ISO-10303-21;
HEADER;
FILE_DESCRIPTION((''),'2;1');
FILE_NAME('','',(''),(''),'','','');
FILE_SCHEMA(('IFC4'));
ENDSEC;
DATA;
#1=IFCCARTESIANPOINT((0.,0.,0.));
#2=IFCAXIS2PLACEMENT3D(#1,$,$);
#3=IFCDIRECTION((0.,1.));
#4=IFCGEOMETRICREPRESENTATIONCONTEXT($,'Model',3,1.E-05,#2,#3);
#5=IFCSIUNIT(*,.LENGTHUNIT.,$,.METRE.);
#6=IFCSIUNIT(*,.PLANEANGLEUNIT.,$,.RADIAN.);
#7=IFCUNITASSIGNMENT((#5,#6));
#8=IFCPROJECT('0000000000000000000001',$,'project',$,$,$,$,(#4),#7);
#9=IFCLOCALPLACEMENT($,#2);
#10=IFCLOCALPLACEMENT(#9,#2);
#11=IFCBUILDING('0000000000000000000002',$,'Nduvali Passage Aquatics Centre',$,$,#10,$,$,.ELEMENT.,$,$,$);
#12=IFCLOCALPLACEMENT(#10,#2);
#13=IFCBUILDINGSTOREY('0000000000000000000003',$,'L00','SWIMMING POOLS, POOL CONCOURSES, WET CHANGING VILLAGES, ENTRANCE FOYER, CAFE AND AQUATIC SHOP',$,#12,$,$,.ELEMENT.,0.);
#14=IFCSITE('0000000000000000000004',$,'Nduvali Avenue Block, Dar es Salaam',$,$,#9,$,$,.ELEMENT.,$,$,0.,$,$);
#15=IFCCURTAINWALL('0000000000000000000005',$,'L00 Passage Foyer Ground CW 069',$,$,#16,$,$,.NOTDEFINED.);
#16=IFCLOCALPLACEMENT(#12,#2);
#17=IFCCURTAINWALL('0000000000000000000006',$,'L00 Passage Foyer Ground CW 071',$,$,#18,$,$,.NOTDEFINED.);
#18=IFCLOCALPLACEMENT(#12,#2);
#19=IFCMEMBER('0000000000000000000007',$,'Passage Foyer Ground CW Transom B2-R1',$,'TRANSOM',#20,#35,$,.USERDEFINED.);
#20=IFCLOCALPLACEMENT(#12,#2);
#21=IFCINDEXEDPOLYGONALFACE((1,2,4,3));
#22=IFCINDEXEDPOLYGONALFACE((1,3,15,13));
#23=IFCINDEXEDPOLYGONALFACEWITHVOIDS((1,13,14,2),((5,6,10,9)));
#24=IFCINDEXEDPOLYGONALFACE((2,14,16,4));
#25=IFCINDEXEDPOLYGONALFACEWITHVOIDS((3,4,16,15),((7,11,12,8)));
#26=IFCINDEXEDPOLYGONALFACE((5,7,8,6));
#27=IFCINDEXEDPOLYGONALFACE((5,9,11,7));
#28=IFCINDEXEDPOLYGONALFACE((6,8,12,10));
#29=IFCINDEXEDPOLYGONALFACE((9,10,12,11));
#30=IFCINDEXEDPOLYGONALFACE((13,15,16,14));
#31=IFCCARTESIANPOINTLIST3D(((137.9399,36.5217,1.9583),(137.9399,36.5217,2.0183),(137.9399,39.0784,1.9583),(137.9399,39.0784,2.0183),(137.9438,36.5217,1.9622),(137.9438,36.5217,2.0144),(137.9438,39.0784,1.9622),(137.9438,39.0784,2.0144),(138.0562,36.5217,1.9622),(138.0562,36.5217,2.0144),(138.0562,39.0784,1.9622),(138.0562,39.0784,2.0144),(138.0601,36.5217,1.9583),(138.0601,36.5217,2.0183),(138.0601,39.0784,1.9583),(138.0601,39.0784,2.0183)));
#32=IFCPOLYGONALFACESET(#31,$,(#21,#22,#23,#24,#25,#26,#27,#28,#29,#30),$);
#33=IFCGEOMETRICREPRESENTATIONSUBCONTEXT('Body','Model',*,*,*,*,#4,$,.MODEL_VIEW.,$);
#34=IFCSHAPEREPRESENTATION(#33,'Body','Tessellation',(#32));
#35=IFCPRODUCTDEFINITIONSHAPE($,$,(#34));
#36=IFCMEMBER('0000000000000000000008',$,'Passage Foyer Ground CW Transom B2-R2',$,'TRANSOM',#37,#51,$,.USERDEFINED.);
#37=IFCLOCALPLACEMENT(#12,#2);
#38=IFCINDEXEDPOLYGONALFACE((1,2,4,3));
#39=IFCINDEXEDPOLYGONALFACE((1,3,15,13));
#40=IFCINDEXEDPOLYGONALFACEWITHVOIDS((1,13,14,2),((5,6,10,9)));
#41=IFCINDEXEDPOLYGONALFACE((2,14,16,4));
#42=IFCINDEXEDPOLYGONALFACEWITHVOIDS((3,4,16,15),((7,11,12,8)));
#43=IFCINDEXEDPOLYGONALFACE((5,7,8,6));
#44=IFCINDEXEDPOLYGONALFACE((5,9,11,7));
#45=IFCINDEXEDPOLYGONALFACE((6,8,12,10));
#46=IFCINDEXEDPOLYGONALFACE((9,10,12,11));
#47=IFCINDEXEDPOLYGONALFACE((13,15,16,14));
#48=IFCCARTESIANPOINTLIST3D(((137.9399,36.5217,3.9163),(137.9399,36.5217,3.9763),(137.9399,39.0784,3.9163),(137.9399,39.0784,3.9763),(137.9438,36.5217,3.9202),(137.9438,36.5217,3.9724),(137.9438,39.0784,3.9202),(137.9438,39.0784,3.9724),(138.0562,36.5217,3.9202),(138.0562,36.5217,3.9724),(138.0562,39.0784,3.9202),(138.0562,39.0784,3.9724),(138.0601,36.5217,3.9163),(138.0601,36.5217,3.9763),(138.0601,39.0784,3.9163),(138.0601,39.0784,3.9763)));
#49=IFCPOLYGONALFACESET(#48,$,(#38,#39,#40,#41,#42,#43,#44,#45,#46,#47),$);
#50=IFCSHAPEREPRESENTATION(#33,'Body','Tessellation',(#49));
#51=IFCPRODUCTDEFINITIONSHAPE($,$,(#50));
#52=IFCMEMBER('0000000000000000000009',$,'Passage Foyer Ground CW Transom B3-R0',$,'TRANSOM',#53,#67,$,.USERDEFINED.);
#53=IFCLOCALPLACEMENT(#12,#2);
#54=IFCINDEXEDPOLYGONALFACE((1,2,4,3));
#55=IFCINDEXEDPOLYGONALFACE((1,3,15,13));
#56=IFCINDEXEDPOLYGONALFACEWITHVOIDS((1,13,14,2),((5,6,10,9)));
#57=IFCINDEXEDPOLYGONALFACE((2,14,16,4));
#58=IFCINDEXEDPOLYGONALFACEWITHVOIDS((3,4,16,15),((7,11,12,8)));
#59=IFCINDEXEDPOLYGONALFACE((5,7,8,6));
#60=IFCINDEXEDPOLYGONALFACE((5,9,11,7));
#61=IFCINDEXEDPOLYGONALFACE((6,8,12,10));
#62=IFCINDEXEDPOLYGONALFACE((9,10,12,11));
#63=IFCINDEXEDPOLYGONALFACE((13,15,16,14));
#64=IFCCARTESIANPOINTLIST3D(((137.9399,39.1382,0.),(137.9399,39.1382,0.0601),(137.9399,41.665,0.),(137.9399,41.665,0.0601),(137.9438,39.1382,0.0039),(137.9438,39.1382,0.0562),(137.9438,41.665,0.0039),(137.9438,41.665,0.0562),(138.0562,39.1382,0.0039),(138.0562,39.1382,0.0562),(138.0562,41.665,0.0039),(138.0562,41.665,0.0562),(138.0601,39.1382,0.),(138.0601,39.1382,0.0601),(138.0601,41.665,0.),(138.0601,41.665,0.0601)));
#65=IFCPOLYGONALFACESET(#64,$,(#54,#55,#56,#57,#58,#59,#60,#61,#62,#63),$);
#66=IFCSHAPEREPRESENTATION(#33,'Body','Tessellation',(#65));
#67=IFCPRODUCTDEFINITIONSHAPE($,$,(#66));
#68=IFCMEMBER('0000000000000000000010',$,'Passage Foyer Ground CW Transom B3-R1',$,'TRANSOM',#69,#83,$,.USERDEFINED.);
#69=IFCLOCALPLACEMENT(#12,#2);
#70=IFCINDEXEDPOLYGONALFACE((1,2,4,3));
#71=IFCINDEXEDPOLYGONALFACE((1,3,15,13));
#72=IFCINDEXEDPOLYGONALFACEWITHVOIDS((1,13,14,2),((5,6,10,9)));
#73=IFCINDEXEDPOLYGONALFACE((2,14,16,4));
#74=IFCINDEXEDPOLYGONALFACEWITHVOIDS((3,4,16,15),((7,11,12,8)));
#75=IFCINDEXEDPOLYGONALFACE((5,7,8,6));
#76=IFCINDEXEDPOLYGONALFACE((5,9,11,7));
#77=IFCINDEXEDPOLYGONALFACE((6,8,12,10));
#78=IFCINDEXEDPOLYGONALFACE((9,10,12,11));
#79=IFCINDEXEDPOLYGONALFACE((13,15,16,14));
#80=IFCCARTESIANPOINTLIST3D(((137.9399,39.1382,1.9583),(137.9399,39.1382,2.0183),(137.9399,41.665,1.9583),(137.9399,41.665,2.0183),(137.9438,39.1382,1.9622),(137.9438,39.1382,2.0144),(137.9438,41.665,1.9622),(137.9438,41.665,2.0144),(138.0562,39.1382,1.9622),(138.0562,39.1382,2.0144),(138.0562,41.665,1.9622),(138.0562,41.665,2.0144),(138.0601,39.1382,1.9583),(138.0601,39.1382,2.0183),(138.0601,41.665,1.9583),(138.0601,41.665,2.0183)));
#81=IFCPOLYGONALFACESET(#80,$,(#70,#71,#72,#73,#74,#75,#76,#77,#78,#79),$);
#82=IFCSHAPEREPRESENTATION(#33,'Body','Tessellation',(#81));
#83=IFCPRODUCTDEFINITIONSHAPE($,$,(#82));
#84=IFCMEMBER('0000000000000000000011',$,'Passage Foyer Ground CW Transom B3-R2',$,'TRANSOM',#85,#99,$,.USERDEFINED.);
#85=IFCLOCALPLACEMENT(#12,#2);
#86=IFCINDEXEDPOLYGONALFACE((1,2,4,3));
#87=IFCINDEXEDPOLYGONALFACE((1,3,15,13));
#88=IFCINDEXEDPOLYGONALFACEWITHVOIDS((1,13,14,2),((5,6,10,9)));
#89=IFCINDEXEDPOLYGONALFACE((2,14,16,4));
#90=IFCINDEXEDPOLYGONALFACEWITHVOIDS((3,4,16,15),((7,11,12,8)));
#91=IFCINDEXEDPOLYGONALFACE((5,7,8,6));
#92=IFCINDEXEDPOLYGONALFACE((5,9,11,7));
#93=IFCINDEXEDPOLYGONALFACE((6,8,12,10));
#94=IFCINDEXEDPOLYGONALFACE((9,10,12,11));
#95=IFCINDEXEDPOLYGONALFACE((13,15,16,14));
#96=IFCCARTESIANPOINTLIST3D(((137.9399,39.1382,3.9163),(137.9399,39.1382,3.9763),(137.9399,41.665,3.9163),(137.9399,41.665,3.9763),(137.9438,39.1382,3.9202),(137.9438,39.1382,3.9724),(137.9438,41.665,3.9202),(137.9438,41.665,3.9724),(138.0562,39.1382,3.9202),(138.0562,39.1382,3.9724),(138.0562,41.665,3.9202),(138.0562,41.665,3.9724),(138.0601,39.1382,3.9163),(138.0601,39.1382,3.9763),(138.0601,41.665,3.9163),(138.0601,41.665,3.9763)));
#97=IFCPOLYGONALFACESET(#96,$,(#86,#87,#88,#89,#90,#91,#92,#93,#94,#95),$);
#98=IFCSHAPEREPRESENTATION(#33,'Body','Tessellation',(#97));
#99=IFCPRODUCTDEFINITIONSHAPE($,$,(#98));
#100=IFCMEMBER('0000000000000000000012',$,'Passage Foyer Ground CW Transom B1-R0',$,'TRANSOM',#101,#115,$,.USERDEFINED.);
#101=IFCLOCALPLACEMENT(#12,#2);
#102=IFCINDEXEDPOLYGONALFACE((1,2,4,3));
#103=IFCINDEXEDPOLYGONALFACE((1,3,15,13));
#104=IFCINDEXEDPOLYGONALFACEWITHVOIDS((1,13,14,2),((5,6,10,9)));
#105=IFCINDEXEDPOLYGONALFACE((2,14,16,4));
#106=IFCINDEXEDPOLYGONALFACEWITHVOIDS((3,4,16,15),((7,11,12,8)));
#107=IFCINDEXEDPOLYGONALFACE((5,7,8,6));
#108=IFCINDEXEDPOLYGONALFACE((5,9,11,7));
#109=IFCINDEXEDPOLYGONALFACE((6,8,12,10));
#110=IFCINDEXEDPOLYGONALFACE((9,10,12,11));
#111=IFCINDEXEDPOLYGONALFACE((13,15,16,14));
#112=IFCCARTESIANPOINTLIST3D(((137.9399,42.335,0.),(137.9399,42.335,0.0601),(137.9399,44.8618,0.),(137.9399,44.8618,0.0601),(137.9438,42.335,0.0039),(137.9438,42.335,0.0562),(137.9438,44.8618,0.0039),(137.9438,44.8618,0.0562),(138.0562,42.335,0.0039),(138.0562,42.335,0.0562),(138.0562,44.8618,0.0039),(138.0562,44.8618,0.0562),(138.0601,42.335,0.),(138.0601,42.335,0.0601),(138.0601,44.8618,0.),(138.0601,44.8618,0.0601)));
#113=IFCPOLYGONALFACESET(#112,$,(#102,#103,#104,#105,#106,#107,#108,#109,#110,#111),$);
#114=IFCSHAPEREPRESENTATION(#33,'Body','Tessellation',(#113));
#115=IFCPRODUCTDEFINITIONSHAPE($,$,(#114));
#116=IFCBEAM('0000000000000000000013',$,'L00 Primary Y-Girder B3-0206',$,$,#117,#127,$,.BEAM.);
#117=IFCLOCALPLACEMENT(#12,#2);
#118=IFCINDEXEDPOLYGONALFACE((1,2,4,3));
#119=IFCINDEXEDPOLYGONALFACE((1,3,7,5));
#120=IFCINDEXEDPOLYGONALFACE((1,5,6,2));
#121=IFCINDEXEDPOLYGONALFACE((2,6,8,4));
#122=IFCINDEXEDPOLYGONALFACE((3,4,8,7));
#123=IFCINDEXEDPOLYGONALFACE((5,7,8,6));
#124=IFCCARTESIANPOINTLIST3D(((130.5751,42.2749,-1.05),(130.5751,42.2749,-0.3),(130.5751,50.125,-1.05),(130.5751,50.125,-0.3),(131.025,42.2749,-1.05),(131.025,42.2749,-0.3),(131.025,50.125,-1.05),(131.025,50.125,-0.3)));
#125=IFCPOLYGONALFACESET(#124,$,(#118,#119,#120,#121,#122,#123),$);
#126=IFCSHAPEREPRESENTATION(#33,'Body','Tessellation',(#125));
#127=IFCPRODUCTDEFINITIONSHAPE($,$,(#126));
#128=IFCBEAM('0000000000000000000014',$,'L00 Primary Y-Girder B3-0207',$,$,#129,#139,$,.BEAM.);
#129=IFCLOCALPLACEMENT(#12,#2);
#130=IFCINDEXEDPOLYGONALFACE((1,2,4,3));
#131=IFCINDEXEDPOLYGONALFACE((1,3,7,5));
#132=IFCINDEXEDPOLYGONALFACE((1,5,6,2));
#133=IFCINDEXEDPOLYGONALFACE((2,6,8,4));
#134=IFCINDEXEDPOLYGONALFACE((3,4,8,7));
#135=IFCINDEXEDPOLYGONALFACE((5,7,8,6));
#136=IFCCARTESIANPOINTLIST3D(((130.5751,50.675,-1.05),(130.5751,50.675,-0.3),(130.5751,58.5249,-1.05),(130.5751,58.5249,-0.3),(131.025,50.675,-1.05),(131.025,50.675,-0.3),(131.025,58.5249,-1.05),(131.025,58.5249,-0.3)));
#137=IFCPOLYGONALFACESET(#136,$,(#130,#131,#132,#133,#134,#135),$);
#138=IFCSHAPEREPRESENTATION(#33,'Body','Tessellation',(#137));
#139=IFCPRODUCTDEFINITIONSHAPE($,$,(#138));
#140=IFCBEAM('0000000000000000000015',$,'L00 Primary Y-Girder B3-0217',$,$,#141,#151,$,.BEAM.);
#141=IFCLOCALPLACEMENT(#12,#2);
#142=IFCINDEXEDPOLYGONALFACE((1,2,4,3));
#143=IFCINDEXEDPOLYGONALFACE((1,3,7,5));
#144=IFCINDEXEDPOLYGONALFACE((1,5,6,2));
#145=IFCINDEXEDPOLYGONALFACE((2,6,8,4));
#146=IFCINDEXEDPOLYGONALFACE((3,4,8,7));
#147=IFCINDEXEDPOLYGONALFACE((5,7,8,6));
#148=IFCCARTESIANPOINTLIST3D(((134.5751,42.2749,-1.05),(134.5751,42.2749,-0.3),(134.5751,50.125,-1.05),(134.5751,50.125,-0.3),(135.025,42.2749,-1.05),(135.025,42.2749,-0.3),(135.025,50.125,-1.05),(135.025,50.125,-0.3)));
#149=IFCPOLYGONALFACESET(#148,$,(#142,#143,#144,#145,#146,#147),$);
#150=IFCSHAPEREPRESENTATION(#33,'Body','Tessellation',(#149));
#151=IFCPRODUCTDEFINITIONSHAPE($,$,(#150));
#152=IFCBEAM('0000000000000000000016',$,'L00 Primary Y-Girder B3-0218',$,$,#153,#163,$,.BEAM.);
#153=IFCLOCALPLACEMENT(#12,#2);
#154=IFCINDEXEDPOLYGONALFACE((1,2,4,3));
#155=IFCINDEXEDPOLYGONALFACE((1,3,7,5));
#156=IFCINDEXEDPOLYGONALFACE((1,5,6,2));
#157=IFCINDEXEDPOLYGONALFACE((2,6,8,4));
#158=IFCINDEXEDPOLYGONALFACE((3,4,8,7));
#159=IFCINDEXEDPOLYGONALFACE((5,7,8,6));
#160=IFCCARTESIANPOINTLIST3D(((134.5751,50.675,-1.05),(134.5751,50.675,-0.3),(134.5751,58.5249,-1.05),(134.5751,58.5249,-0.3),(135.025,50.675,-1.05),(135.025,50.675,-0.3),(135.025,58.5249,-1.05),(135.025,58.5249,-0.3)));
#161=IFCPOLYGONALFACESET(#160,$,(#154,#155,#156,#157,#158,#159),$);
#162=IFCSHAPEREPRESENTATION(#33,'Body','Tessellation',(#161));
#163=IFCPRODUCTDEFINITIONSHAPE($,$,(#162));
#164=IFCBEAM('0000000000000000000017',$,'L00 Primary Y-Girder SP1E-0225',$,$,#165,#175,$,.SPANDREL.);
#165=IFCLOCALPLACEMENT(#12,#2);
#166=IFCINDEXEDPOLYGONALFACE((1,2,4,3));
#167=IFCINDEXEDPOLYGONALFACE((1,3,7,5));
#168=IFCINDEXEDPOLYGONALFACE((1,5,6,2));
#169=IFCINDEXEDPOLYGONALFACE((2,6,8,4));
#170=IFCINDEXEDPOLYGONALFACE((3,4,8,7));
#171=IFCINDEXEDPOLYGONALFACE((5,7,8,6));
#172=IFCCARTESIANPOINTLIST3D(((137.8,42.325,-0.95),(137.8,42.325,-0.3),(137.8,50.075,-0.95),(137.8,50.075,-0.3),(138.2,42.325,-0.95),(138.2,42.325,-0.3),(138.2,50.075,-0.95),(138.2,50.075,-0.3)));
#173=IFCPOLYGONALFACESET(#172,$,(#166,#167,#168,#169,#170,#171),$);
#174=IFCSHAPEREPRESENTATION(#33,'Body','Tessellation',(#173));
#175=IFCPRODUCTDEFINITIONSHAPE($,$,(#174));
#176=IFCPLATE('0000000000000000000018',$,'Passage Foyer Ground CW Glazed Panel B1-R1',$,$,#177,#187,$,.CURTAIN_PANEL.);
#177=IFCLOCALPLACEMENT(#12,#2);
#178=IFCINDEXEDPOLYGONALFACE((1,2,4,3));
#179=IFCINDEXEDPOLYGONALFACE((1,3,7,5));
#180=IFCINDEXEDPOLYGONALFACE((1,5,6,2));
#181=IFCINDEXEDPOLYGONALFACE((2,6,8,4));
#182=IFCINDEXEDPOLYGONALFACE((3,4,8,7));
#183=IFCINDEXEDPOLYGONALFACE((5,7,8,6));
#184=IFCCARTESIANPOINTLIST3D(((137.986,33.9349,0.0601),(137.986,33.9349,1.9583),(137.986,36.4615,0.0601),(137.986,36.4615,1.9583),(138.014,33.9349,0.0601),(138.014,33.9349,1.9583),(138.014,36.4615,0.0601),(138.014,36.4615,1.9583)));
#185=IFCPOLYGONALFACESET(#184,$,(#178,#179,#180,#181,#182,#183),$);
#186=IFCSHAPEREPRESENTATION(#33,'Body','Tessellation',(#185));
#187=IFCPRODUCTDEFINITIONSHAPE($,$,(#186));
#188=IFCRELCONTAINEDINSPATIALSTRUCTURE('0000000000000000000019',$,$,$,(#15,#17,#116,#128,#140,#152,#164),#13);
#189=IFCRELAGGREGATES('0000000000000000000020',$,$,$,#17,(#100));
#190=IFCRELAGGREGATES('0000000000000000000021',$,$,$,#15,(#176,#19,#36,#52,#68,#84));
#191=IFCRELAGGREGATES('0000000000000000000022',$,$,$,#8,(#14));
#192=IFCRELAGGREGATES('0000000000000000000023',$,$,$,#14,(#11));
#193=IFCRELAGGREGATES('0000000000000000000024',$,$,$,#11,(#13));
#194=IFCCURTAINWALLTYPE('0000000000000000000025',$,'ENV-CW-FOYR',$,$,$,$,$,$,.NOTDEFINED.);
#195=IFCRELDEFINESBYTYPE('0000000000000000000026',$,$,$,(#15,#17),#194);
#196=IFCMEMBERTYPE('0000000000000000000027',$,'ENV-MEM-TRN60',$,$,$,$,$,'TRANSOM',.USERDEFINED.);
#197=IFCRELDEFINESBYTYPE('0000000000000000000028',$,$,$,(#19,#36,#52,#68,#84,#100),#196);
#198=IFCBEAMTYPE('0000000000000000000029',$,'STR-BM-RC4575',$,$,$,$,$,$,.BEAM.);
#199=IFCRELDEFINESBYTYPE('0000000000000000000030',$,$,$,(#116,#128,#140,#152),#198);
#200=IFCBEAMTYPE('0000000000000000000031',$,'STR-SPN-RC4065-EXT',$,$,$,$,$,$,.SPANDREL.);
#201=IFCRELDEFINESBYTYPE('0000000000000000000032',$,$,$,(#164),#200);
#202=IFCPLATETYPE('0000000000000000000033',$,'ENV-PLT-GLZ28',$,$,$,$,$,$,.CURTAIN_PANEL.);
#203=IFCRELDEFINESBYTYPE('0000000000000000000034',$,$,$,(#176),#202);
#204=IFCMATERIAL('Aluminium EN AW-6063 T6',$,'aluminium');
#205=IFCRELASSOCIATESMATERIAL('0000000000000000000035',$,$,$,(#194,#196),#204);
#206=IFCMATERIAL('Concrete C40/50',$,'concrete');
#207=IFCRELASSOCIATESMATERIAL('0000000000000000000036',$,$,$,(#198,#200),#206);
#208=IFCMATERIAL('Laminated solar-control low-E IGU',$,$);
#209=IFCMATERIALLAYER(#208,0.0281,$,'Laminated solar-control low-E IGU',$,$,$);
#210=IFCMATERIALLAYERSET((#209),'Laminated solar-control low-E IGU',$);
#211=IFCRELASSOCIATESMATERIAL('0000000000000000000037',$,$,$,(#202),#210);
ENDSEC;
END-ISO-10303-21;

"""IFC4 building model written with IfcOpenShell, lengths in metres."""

from ifc_helpers import new_model, si_unit, direction, frame, origin, origin_2d, place, context, subcontext, project, spatial, rectangle, hollow_rectangle, extrude, material, layer, layer_set, material_profile, profile_set, type_object, element, aggregate, save


model = new_model("IFC4")

# Units and contexts
model_context = context("Model", 3, precision=1e-05, world=origin(), true_north=direction((0.0, 1.0)))
body_context = subcontext(model_context, "Body", "Model", "MODEL_VIEW")
ifc_project = project(units=[si_unit("LENGTHUNIT", "METRE"), si_unit("PLANEANGLEUNIT", "RADIAN")], contexts=[model_context])

# Site, building, storey
site_placement = place(None, origin())
site = spatial("IfcSite", under=ifc_project, at=site_placement, Name="Nduvali Avenue Block, Dar es Salaam", CompositionType="ELEMENT", RefElevation=0.0)
building_placement = place(site_placement, origin())
building = spatial("IfcBuilding", under=site, at=building_placement, Name="Nduvali Passage Aquatics Centre", CompositionType="ELEMENT")
storey_placement = place(building_placement, origin())
storey = spatial("IfcBuildingStorey", under=building, at=storey_placement, Name="L00", Description="SWIMMING POOLS, POOL CONCOURSES, WET CHANGING VILLAGES, ENTRANCE FOYER, CAFE AND AQUATIC SHOP", CompositionType="ELEMENT", Elevation=0.0)

# Shared definitions
ifc_material_1 = material(Name="Concrete C40/50", Category="concrete")

# Curtain wall
ifc_material_2 = material(Name="Aluminium EN AW-6063 T6", Category="aluminium")
curtain_wall_type = type_object("IfcCurtainWallType", Name="ENV-CW-FOYR", PredefinedType="NOTDEFINED", material=ifc_material_2)
curtain_wall_1_placement = place(storey_placement, origin())
curtain_wall_1 = element("IfcCurtainWall", 1, at=curtain_wall_1_placement, inside=storey, type_object=curtain_wall_type, Name="L00 Passage Foyer Ground CW 069", PredefinedType="NOTDEFINED")

# Curtain wall
curtain_wall_2_placement = place(storey_placement, origin())
curtain_wall_2 = element("IfcCurtainWall", 2, at=curtain_wall_2_placement, inside=storey, type_object=curtain_wall_type, Name="L00 Passage Foyer Ground CW 071", PredefinedType="NOTDEFINED")

# Members
ifc_material_profile_1 = material_profile(ifc_material_2, hollow_rectangle(XDim=0.1201, YDim=0.0601, WallThickness=0.0039, at=origin_2d()), Name="ALU TRANSOM 120x60x4")
ifc_profile_set_1 = profile_set([ifc_material_profile_1], Name="Aluminium EN AW-6063 T6")
member_type_1 = type_object("IfcMemberType", Name="ENV-MEM-TRN60", ElementType="TRANSOM", PredefinedType="USERDEFINED", material=ifc_profile_set_1)
member_1_placement = place(storey_placement, frame((138.0, 36.5217, 1.9883), z_axis=(0.0, 1.0, 0.0), x_axis=(-1.0, 0.0, 0.0)))
member_1 = element("IfcMember", 3, at=member_1_placement, type_object=member_type_1, Name="Passage Foyer Ground CW Transom B2-R1", ObjectType="TRANSOM", PredefinedType="USERDEFINED", context=body_context, shape_type="SweptSolid", body=[
    extrude(hollow_rectangle(XDim=0.1201, YDim=0.0601, WallThickness=0.0039, at=origin_2d()), origin(), (0.0, 0.0, 1.0), 2.5566),
])
member_2_placement = place(storey_placement, frame((138.0, 36.5217, 3.9463), z_axis=(0.0, 1.0, 0.0), x_axis=(-1.0, 0.0, 0.0)))
member_2 = element("IfcMember", 4, at=member_2_placement, type_object=member_type_1, Name="Passage Foyer Ground CW Transom B2-R2", ObjectType="TRANSOM", PredefinedType="USERDEFINED", context=body_context, shape_type="SweptSolid", body=[
    extrude(hollow_rectangle(XDim=0.1201, YDim=0.0601, WallThickness=0.0039, at=origin_2d()), origin(), (0.0, 0.0, 1.0), 2.5566),
])
member_3_placement = place(storey_placement, frame((138.0, 39.1382, 0.03), z_axis=(0.0, 1.0, 0.0), x_axis=(-1.0, 0.0, 0.0)))
member_3 = element("IfcMember", 5, at=member_3_placement, type_object=member_type_1, Name="Passage Foyer Ground CW Transom B3-R0", ObjectType="TRANSOM", PredefinedType="USERDEFINED", context=body_context, shape_type="SweptSolid", body=[
    extrude(hollow_rectangle(XDim=0.1201, YDim=0.0601, WallThickness=0.0039, at=origin_2d()), origin(), (0.0, 0.0, 1.0), 2.5269),
])
member_4_placement = place(storey_placement, frame((138.0, 39.1382, 1.9883), z_axis=(0.0, 1.0, 0.0), x_axis=(-1.0, 0.0, 0.0)))
member_4 = element("IfcMember", 6, at=member_4_placement, type_object=member_type_1, Name="Passage Foyer Ground CW Transom B3-R1", ObjectType="TRANSOM", PredefinedType="USERDEFINED", context=body_context, shape_type="SweptSolid", body=[
    extrude(hollow_rectangle(XDim=0.1201, YDim=0.0601, WallThickness=0.0039, at=origin_2d()), origin(), (0.0, 0.0, 1.0), 2.5269),
])
member_5_placement = place(storey_placement, frame((138.0, 39.1382, 3.9463), z_axis=(0.0, 1.0, 0.0), x_axis=(-1.0, 0.0, 0.0)))
member_5 = element("IfcMember", 7, at=member_5_placement, type_object=member_type_1, Name="Passage Foyer Ground CW Transom B3-R2", ObjectType="TRANSOM", PredefinedType="USERDEFINED", context=body_context, shape_type="SweptSolid", body=[
    extrude(hollow_rectangle(XDim=0.1201, YDim=0.0601, WallThickness=0.0039, at=origin_2d()), origin(), (0.0, 0.0, 1.0), 2.5269),
])
member_6_placement = place(storey_placement, frame((138.0, 42.335, 0.03), z_axis=(0.0, 1.0, 0.0), x_axis=(-1.0, 0.0, 0.0)))
member_6 = element("IfcMember", 8, at=member_6_placement, type_object=member_type_1, Name="Passage Foyer Ground CW Transom B1-R0", ObjectType="TRANSOM", PredefinedType="USERDEFINED", context=body_context, shape_type="SweptSolid", body=[
    extrude(hollow_rectangle(XDim=0.1201, YDim=0.0601, WallThickness=0.0039, at=origin_2d()), origin(), (0.0, 0.0, 1.0), 2.5269),
])
aggregate(curtain_wall_2, [member_6])

# Beams
ifc_material_profile_2 = material_profile(ifc_material_1, rectangle(XDim=0.45, YDim=0.75, at=origin_2d()), Name="RC 450x750")
ifc_profile_set_2 = profile_set([ifc_material_profile_2], Name="Concrete C40/50")
beam_type_1 = type_object("IfcBeamType", Name="STR-BM-RC4575", PredefinedType="BEAM", material=ifc_profile_set_2)
beam_1_placement = place(storey_placement, frame((130.8, 42.2749, -0.675), z_axis=(0.0, 1.0, 0.0), x_axis=(-1.0, 0.0, 0.0)))
element("IfcBeam", 9, at=beam_1_placement, inside=storey, type_object=beam_type_1, Name="L00 Primary Y-Girder B3-0206", PredefinedType="BEAM", context=body_context, shape_type="SweptSolid", body=[
    extrude(rectangle(XDim=0.45, YDim=0.75, at=origin_2d()), origin(), (0.0, 0.0, 1.0), 7.8501),
])
beam_2_placement = place(storey_placement, frame((130.8, 50.675, -0.675), z_axis=(0.0, 1.0, 0.0), x_axis=(-1.0, 0.0, 0.0)))
element("IfcBeam", 10, at=beam_2_placement, inside=storey, type_object=beam_type_1, Name="L00 Primary Y-Girder B3-0207", PredefinedType="BEAM", context=body_context, shape_type="SweptSolid", body=[
    extrude(rectangle(XDim=0.45, YDim=0.75, at=origin_2d()), origin(), (0.0, 0.0, 1.0), 7.8499),
])
beam_3_placement = place(storey_placement, frame((134.8, 42.2749, -0.675), z_axis=(0.0, 1.0, 0.0), x_axis=(-1.0, 0.0, 0.0)))
element("IfcBeam", 11, at=beam_3_placement, inside=storey, type_object=beam_type_1, Name="L00 Primary Y-Girder B3-0217", PredefinedType="BEAM", context=body_context, shape_type="SweptSolid", body=[
    extrude(rectangle(XDim=0.45, YDim=0.75, at=origin_2d()), origin(), (0.0, 0.0, 1.0), 7.8501),
])
beam_4_placement = place(storey_placement, frame((134.8, 50.675, -0.675), z_axis=(0.0, 1.0, 0.0), x_axis=(-1.0, 0.0, 0.0)))
element("IfcBeam", 12, at=beam_4_placement, inside=storey, type_object=beam_type_1, Name="L00 Primary Y-Girder B3-0218", PredefinedType="BEAM", context=body_context, shape_type="SweptSolid", body=[
    extrude(rectangle(XDim=0.45, YDim=0.75, at=origin_2d()), origin(), (0.0, 0.0, 1.0), 7.8499),
])
ifc_material_profile_3 = material_profile(ifc_material_1, rectangle(XDim=0.3999, YDim=0.6499, at=origin_2d()), Name="RC 400x650")
ifc_profile_set_3 = profile_set([ifc_material_profile_3], Name="Concrete C40/50")
beam_type_2 = type_object("IfcBeamType", Name="STR-SPN-RC4065-EXT", PredefinedType="SPANDREL", material=ifc_profile_set_3)
beam_5_placement = place(storey_placement, frame((138.0, 42.325, -0.625), z_axis=(0.0, 1.0, 0.0), x_axis=(-1.0, 0.0, 0.0)))
element("IfcBeam", 13, at=beam_5_placement, inside=storey, type_object=beam_type_2, Name="L00 Primary Y-Girder SP1E-0225", PredefinedType="SPANDREL", context=body_context, shape_type="SweptSolid", body=[
    extrude(rectangle(XDim=0.3999, YDim=0.6499, at=origin_2d()), origin(), (0.0, 0.0, 1.0), 7.75),
])

# Plate
ifc_material_3 = material(Name="Laminated solar-control low-E IGU")
ifc_layer = layer(ifc_material_3, 0.0281, Name="Laminated solar-control low-E IGU")
ifc_layer_set = layer_set([ifc_layer], Name="Laminated solar-control low-E IGU")
plate_type = type_object("IfcPlateType", Name="ENV-PLT-GLZ28", PredefinedType="CURTAIN_PANEL", material=ifc_layer_set)
plate_1_placement = place(storey_placement, frame((138.0, 35.1982, 0.0601), z_axis=(0.0, 0.0, 1.0), x_axis=(0.0, 1.0, 0.0)))
plate_1 = element("IfcPlate", 14, at=plate_1_placement, type_object=plate_type, Name="Passage Foyer Ground CW Glazed Panel B1-R1", PredefinedType="CURTAIN_PANEL", context=body_context, shape_type="SweptSolid", body=[
    extrude(rectangle(XDim=2.5266, YDim=0.0281, at=origin_2d()), origin(), (0.0, 0.0, 1.0), 1.8982),
])
aggregate(curtain_wall_1, [plate_1, member_1, member_2, member_3, member_4, member_5])

save(model, "model.ifc")
